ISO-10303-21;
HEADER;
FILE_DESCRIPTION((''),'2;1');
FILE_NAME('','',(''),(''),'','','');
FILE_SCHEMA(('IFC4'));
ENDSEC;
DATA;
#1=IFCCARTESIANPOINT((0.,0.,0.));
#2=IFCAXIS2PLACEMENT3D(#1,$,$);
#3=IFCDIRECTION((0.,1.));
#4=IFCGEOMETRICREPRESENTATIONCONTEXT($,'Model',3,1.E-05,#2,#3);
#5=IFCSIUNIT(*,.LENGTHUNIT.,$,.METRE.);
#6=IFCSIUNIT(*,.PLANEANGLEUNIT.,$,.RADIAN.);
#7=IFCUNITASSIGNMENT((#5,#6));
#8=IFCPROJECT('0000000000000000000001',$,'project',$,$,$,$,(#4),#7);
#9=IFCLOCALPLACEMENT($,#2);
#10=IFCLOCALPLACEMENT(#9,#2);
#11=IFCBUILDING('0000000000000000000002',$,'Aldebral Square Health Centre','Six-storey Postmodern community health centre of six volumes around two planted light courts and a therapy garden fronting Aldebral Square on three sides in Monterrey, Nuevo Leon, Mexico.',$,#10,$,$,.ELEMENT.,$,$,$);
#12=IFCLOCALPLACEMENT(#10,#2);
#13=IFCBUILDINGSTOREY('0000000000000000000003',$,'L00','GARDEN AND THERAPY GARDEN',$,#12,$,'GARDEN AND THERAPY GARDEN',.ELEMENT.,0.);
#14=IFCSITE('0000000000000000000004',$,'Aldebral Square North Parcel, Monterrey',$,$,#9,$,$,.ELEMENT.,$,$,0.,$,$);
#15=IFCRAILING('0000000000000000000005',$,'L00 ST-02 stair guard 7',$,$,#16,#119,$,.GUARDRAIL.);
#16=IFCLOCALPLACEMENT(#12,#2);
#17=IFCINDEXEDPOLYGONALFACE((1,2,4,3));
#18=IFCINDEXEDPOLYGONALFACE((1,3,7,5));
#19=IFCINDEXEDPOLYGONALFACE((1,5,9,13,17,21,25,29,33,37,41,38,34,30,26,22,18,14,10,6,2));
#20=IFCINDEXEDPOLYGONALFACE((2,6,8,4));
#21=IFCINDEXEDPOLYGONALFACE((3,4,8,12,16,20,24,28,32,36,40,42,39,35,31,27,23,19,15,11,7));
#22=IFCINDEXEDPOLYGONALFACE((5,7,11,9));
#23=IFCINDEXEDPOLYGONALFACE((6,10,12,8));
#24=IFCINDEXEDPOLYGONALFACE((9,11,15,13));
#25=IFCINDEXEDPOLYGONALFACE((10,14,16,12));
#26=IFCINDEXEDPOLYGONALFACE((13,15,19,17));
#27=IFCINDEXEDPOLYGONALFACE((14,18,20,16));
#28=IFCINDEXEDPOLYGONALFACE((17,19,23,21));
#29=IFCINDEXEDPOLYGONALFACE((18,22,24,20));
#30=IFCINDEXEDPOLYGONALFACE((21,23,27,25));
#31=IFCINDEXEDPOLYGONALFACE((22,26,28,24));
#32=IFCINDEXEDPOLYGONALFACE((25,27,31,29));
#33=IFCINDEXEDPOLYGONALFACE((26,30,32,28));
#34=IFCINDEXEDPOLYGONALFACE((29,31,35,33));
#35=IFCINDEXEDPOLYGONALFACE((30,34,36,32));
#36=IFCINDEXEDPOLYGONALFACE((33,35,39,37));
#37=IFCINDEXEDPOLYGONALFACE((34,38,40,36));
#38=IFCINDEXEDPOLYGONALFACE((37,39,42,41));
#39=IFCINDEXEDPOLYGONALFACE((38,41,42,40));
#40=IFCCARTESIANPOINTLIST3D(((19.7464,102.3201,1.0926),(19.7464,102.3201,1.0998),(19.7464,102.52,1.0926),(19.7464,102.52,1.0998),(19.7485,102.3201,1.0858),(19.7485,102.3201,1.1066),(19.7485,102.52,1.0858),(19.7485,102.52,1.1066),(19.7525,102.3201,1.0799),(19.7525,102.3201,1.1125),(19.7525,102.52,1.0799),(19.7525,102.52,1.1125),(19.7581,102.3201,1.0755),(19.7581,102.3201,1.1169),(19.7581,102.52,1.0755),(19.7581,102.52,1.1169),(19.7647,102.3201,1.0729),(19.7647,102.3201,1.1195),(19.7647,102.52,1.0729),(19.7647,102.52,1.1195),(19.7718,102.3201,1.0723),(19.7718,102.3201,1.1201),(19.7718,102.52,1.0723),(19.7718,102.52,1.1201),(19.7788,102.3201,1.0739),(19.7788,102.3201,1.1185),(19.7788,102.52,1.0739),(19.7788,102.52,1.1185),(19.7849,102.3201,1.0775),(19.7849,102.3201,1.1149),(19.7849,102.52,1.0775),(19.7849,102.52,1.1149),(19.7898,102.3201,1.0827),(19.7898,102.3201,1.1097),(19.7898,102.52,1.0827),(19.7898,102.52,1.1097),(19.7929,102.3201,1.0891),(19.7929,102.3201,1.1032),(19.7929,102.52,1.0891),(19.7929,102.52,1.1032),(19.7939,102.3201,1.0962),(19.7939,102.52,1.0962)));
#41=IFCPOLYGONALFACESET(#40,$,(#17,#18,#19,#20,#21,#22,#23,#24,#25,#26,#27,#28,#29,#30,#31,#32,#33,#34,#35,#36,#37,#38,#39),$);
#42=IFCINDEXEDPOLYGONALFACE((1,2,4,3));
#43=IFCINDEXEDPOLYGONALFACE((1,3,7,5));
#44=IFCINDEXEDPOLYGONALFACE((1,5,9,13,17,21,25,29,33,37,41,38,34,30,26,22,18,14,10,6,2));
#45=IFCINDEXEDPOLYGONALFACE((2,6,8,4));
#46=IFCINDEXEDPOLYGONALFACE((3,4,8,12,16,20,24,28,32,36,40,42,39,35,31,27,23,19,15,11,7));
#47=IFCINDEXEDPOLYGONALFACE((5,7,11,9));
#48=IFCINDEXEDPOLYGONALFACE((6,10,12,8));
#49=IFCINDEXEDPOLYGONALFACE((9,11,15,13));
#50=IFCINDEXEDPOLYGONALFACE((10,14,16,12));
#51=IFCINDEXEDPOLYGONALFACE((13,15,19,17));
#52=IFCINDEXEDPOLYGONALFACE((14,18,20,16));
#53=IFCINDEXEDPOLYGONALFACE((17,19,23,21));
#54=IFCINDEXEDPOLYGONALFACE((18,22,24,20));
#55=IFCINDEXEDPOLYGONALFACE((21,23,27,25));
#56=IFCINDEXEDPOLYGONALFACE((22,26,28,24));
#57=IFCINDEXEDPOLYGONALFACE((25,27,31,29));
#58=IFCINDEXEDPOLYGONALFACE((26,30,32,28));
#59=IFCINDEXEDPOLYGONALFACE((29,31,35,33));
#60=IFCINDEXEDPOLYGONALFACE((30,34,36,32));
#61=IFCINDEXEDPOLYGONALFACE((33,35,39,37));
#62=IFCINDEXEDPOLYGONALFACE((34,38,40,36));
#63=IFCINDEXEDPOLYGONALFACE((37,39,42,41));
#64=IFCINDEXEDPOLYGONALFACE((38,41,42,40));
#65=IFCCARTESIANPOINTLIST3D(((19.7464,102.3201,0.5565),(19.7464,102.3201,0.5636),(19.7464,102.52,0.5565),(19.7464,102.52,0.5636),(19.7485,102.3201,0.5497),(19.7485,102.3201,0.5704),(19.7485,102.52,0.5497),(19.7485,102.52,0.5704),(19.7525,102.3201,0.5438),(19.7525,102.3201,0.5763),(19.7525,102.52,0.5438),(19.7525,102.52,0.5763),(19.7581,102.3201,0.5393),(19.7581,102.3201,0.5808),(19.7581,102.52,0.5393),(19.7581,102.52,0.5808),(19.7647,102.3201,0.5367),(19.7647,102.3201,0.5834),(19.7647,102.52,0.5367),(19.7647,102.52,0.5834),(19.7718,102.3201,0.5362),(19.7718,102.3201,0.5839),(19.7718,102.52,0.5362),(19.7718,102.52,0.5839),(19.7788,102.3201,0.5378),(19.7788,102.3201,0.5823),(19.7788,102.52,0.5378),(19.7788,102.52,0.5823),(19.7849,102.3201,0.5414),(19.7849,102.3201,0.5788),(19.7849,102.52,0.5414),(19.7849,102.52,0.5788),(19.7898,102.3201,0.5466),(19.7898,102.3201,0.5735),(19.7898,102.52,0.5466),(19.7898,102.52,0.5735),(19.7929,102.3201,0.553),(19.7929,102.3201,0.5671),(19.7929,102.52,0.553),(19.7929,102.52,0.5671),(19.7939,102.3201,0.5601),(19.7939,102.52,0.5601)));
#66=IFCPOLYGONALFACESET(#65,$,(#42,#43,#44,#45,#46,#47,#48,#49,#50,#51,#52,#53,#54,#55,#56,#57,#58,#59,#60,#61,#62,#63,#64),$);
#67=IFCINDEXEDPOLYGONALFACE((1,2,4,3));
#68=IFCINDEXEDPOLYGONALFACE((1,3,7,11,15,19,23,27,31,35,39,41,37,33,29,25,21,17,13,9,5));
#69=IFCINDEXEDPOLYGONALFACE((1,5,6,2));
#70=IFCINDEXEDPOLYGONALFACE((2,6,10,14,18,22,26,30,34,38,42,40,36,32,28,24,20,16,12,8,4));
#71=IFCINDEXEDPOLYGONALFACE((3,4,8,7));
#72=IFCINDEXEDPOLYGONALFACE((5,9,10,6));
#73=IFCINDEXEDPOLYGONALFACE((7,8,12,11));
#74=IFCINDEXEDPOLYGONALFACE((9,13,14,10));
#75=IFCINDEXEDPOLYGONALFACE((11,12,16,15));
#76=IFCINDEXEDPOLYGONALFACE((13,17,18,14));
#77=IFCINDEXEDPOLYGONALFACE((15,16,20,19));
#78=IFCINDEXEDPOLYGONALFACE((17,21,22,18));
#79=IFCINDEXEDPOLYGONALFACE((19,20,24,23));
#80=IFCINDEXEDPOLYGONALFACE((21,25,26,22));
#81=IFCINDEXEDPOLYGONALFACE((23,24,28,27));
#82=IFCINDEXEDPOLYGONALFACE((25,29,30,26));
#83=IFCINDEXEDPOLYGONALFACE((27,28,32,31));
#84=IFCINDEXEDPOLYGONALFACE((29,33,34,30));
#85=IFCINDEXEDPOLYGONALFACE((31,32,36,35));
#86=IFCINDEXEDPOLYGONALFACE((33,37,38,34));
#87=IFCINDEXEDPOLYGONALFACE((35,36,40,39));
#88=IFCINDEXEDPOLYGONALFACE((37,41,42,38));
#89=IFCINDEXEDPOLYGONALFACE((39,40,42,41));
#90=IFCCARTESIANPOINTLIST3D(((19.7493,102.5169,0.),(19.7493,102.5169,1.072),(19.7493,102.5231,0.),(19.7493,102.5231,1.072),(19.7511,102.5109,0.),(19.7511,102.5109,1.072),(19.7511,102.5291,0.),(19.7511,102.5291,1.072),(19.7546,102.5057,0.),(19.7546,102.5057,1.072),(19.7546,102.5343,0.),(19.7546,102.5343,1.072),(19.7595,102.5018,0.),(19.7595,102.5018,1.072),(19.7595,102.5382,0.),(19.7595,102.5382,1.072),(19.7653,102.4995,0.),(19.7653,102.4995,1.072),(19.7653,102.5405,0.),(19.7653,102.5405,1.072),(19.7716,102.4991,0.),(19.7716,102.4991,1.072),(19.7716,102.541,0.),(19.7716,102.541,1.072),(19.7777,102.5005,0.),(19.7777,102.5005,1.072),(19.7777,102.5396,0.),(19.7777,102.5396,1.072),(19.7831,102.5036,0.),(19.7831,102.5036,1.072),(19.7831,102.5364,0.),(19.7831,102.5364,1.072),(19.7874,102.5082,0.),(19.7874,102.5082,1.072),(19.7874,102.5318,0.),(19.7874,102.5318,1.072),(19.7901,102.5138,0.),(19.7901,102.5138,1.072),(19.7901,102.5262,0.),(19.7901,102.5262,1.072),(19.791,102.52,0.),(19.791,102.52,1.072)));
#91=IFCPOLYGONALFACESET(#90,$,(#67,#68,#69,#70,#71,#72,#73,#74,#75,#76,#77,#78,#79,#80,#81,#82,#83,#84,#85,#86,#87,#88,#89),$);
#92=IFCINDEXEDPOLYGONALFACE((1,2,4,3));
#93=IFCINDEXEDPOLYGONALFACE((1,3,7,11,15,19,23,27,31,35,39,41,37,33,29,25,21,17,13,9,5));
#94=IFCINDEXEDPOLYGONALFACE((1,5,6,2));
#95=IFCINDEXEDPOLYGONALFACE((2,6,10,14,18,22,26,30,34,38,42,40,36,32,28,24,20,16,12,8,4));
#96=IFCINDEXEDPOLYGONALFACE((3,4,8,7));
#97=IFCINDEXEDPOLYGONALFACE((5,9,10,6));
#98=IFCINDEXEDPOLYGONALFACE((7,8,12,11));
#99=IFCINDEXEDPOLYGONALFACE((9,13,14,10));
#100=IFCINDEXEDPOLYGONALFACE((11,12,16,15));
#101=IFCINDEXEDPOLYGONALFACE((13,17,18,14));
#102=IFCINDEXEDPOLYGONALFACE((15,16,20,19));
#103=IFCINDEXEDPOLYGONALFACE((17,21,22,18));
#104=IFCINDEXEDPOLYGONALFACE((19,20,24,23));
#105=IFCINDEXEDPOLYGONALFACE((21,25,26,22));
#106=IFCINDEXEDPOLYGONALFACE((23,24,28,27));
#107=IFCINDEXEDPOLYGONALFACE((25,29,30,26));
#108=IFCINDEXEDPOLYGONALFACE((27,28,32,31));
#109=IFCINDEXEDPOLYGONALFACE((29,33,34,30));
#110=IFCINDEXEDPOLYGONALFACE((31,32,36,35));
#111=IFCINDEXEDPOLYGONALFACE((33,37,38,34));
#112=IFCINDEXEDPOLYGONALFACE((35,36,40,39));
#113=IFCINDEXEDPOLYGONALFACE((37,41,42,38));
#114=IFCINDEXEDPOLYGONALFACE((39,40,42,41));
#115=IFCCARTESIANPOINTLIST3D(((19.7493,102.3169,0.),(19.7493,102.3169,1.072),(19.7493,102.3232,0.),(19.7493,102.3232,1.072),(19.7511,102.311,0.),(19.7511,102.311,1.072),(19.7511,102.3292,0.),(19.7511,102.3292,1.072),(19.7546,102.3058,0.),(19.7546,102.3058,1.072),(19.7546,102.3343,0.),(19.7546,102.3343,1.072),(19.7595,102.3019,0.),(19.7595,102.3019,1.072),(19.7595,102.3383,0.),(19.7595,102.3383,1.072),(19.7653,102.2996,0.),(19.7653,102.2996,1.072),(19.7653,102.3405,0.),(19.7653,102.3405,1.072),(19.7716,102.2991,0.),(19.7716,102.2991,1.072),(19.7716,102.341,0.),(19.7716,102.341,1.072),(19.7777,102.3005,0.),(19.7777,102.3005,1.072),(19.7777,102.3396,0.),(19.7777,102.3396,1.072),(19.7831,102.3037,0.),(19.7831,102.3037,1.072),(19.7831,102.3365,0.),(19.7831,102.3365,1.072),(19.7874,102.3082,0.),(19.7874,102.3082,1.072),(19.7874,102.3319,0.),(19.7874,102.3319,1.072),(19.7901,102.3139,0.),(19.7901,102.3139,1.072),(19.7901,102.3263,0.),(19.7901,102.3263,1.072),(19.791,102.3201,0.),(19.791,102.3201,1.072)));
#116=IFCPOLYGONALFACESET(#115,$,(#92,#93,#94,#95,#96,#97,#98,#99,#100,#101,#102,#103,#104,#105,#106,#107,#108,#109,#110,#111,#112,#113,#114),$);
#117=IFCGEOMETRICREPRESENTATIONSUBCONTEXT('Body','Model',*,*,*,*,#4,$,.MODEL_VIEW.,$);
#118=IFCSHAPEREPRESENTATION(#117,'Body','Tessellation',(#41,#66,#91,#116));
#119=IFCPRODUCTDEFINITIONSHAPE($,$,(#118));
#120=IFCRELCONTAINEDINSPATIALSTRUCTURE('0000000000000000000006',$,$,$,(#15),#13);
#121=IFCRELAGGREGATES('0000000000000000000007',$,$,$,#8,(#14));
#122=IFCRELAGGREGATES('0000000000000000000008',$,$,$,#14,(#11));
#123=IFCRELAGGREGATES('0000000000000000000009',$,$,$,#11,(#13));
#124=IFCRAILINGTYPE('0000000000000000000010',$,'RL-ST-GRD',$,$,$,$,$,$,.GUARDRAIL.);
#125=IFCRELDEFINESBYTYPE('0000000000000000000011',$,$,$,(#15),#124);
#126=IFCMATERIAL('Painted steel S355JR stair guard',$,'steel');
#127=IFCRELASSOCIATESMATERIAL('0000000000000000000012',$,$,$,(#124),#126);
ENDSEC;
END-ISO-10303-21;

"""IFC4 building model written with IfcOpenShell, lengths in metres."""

from ifc_helpers import new_model, si_unit, direction, frame, origin, origin_2d, place, context, subcontext, project, spatial, circle, extrude, material, type_object, element, save


model = new_model("IFC4")

# Units and contexts
model_context = context("Model", 3, precision=1e-05, world=origin(), true_north=direction((0.0, 1.0)))
body_context = subcontext(model_context, "Body", "Model", "MODEL_VIEW")
ifc_project = project(units=[si_unit("LENGTHUNIT", "METRE"), si_unit("PLANEANGLEUNIT", "RADIAN")], contexts=[model_context])

# Site, building, storey
site_placement = place(None, origin())
site = spatial("IfcSite", under=ifc_project, at=site_placement, Name="Aldebral Square North Parcel, Monterrey", CompositionType="ELEMENT", RefElevation=0.0)
building_placement = place(site_placement, origin())
building = spatial("IfcBuilding", under=site, at=building_placement, Name="Aldebral Square Health Centre", Description="Six-storey Postmodern community health centre of six volumes around two planted light courts and a therapy garden fronting Aldebral Square on three sides in Monterrey, Nuevo Leon, Mexico.", CompositionType="ELEMENT")
storey_placement = place(building_placement, origin())
storey = spatial("IfcBuildingStorey", under=building, at=storey_placement, Name="L00", Description="GARDEN AND THERAPY GARDEN", LongName="GARDEN AND THERAPY GARDEN", CompositionType="ELEMENT", Elevation=0.0)

# Railing
ifc_material_1 = material(Name="Painted steel S355JR stair guard", Category="steel")
railing_type_1 = type_object("IfcRailingType", Name="RL-ST-GRD", PredefinedType="GUARDRAIL", material=ifc_material_1)
railing_1_placement = place(storey_placement, frame((19.77, 102.52, 0.0)))
element("IfcRailing", 1, at=railing_1_placement, inside=storey, type_object=railing_type_1, Name="L00 ST-02 stair guard 7", PredefinedType="GUARDRAIL", context=body_context, shape_type="SweptSolid", body=[
    extrude(circle(Radius=0.0239, at=origin_2d()), frame((0.0, 0.0, 1.0962), z_axis=(0.0, -1.0, 0.0), x_axis=(1.0, 0.0, 0.0)), (0.0, 0.0, 1.0), 0.2),
    extrude(circle(Radius=0.0239, at=origin_2d()), frame((0.0, 0.0, 0.5601), z_axis=(0.0, -1.0, 0.0), x_axis=(1.0, 0.0, 0.0)), (0.0, 0.0, 1.0), 0.2),
    extrude(circle(Radius=0.021, at=origin_2d()), origin(), (0.0, 0.0, 1.0), 1.072),
    extrude(circle(Radius=0.021, at=origin_2d()), frame((0.0, -0.2, 0.0)), (0.0, 0.0, 1.0), 1.072),
])

save(model, "model.ifc")
